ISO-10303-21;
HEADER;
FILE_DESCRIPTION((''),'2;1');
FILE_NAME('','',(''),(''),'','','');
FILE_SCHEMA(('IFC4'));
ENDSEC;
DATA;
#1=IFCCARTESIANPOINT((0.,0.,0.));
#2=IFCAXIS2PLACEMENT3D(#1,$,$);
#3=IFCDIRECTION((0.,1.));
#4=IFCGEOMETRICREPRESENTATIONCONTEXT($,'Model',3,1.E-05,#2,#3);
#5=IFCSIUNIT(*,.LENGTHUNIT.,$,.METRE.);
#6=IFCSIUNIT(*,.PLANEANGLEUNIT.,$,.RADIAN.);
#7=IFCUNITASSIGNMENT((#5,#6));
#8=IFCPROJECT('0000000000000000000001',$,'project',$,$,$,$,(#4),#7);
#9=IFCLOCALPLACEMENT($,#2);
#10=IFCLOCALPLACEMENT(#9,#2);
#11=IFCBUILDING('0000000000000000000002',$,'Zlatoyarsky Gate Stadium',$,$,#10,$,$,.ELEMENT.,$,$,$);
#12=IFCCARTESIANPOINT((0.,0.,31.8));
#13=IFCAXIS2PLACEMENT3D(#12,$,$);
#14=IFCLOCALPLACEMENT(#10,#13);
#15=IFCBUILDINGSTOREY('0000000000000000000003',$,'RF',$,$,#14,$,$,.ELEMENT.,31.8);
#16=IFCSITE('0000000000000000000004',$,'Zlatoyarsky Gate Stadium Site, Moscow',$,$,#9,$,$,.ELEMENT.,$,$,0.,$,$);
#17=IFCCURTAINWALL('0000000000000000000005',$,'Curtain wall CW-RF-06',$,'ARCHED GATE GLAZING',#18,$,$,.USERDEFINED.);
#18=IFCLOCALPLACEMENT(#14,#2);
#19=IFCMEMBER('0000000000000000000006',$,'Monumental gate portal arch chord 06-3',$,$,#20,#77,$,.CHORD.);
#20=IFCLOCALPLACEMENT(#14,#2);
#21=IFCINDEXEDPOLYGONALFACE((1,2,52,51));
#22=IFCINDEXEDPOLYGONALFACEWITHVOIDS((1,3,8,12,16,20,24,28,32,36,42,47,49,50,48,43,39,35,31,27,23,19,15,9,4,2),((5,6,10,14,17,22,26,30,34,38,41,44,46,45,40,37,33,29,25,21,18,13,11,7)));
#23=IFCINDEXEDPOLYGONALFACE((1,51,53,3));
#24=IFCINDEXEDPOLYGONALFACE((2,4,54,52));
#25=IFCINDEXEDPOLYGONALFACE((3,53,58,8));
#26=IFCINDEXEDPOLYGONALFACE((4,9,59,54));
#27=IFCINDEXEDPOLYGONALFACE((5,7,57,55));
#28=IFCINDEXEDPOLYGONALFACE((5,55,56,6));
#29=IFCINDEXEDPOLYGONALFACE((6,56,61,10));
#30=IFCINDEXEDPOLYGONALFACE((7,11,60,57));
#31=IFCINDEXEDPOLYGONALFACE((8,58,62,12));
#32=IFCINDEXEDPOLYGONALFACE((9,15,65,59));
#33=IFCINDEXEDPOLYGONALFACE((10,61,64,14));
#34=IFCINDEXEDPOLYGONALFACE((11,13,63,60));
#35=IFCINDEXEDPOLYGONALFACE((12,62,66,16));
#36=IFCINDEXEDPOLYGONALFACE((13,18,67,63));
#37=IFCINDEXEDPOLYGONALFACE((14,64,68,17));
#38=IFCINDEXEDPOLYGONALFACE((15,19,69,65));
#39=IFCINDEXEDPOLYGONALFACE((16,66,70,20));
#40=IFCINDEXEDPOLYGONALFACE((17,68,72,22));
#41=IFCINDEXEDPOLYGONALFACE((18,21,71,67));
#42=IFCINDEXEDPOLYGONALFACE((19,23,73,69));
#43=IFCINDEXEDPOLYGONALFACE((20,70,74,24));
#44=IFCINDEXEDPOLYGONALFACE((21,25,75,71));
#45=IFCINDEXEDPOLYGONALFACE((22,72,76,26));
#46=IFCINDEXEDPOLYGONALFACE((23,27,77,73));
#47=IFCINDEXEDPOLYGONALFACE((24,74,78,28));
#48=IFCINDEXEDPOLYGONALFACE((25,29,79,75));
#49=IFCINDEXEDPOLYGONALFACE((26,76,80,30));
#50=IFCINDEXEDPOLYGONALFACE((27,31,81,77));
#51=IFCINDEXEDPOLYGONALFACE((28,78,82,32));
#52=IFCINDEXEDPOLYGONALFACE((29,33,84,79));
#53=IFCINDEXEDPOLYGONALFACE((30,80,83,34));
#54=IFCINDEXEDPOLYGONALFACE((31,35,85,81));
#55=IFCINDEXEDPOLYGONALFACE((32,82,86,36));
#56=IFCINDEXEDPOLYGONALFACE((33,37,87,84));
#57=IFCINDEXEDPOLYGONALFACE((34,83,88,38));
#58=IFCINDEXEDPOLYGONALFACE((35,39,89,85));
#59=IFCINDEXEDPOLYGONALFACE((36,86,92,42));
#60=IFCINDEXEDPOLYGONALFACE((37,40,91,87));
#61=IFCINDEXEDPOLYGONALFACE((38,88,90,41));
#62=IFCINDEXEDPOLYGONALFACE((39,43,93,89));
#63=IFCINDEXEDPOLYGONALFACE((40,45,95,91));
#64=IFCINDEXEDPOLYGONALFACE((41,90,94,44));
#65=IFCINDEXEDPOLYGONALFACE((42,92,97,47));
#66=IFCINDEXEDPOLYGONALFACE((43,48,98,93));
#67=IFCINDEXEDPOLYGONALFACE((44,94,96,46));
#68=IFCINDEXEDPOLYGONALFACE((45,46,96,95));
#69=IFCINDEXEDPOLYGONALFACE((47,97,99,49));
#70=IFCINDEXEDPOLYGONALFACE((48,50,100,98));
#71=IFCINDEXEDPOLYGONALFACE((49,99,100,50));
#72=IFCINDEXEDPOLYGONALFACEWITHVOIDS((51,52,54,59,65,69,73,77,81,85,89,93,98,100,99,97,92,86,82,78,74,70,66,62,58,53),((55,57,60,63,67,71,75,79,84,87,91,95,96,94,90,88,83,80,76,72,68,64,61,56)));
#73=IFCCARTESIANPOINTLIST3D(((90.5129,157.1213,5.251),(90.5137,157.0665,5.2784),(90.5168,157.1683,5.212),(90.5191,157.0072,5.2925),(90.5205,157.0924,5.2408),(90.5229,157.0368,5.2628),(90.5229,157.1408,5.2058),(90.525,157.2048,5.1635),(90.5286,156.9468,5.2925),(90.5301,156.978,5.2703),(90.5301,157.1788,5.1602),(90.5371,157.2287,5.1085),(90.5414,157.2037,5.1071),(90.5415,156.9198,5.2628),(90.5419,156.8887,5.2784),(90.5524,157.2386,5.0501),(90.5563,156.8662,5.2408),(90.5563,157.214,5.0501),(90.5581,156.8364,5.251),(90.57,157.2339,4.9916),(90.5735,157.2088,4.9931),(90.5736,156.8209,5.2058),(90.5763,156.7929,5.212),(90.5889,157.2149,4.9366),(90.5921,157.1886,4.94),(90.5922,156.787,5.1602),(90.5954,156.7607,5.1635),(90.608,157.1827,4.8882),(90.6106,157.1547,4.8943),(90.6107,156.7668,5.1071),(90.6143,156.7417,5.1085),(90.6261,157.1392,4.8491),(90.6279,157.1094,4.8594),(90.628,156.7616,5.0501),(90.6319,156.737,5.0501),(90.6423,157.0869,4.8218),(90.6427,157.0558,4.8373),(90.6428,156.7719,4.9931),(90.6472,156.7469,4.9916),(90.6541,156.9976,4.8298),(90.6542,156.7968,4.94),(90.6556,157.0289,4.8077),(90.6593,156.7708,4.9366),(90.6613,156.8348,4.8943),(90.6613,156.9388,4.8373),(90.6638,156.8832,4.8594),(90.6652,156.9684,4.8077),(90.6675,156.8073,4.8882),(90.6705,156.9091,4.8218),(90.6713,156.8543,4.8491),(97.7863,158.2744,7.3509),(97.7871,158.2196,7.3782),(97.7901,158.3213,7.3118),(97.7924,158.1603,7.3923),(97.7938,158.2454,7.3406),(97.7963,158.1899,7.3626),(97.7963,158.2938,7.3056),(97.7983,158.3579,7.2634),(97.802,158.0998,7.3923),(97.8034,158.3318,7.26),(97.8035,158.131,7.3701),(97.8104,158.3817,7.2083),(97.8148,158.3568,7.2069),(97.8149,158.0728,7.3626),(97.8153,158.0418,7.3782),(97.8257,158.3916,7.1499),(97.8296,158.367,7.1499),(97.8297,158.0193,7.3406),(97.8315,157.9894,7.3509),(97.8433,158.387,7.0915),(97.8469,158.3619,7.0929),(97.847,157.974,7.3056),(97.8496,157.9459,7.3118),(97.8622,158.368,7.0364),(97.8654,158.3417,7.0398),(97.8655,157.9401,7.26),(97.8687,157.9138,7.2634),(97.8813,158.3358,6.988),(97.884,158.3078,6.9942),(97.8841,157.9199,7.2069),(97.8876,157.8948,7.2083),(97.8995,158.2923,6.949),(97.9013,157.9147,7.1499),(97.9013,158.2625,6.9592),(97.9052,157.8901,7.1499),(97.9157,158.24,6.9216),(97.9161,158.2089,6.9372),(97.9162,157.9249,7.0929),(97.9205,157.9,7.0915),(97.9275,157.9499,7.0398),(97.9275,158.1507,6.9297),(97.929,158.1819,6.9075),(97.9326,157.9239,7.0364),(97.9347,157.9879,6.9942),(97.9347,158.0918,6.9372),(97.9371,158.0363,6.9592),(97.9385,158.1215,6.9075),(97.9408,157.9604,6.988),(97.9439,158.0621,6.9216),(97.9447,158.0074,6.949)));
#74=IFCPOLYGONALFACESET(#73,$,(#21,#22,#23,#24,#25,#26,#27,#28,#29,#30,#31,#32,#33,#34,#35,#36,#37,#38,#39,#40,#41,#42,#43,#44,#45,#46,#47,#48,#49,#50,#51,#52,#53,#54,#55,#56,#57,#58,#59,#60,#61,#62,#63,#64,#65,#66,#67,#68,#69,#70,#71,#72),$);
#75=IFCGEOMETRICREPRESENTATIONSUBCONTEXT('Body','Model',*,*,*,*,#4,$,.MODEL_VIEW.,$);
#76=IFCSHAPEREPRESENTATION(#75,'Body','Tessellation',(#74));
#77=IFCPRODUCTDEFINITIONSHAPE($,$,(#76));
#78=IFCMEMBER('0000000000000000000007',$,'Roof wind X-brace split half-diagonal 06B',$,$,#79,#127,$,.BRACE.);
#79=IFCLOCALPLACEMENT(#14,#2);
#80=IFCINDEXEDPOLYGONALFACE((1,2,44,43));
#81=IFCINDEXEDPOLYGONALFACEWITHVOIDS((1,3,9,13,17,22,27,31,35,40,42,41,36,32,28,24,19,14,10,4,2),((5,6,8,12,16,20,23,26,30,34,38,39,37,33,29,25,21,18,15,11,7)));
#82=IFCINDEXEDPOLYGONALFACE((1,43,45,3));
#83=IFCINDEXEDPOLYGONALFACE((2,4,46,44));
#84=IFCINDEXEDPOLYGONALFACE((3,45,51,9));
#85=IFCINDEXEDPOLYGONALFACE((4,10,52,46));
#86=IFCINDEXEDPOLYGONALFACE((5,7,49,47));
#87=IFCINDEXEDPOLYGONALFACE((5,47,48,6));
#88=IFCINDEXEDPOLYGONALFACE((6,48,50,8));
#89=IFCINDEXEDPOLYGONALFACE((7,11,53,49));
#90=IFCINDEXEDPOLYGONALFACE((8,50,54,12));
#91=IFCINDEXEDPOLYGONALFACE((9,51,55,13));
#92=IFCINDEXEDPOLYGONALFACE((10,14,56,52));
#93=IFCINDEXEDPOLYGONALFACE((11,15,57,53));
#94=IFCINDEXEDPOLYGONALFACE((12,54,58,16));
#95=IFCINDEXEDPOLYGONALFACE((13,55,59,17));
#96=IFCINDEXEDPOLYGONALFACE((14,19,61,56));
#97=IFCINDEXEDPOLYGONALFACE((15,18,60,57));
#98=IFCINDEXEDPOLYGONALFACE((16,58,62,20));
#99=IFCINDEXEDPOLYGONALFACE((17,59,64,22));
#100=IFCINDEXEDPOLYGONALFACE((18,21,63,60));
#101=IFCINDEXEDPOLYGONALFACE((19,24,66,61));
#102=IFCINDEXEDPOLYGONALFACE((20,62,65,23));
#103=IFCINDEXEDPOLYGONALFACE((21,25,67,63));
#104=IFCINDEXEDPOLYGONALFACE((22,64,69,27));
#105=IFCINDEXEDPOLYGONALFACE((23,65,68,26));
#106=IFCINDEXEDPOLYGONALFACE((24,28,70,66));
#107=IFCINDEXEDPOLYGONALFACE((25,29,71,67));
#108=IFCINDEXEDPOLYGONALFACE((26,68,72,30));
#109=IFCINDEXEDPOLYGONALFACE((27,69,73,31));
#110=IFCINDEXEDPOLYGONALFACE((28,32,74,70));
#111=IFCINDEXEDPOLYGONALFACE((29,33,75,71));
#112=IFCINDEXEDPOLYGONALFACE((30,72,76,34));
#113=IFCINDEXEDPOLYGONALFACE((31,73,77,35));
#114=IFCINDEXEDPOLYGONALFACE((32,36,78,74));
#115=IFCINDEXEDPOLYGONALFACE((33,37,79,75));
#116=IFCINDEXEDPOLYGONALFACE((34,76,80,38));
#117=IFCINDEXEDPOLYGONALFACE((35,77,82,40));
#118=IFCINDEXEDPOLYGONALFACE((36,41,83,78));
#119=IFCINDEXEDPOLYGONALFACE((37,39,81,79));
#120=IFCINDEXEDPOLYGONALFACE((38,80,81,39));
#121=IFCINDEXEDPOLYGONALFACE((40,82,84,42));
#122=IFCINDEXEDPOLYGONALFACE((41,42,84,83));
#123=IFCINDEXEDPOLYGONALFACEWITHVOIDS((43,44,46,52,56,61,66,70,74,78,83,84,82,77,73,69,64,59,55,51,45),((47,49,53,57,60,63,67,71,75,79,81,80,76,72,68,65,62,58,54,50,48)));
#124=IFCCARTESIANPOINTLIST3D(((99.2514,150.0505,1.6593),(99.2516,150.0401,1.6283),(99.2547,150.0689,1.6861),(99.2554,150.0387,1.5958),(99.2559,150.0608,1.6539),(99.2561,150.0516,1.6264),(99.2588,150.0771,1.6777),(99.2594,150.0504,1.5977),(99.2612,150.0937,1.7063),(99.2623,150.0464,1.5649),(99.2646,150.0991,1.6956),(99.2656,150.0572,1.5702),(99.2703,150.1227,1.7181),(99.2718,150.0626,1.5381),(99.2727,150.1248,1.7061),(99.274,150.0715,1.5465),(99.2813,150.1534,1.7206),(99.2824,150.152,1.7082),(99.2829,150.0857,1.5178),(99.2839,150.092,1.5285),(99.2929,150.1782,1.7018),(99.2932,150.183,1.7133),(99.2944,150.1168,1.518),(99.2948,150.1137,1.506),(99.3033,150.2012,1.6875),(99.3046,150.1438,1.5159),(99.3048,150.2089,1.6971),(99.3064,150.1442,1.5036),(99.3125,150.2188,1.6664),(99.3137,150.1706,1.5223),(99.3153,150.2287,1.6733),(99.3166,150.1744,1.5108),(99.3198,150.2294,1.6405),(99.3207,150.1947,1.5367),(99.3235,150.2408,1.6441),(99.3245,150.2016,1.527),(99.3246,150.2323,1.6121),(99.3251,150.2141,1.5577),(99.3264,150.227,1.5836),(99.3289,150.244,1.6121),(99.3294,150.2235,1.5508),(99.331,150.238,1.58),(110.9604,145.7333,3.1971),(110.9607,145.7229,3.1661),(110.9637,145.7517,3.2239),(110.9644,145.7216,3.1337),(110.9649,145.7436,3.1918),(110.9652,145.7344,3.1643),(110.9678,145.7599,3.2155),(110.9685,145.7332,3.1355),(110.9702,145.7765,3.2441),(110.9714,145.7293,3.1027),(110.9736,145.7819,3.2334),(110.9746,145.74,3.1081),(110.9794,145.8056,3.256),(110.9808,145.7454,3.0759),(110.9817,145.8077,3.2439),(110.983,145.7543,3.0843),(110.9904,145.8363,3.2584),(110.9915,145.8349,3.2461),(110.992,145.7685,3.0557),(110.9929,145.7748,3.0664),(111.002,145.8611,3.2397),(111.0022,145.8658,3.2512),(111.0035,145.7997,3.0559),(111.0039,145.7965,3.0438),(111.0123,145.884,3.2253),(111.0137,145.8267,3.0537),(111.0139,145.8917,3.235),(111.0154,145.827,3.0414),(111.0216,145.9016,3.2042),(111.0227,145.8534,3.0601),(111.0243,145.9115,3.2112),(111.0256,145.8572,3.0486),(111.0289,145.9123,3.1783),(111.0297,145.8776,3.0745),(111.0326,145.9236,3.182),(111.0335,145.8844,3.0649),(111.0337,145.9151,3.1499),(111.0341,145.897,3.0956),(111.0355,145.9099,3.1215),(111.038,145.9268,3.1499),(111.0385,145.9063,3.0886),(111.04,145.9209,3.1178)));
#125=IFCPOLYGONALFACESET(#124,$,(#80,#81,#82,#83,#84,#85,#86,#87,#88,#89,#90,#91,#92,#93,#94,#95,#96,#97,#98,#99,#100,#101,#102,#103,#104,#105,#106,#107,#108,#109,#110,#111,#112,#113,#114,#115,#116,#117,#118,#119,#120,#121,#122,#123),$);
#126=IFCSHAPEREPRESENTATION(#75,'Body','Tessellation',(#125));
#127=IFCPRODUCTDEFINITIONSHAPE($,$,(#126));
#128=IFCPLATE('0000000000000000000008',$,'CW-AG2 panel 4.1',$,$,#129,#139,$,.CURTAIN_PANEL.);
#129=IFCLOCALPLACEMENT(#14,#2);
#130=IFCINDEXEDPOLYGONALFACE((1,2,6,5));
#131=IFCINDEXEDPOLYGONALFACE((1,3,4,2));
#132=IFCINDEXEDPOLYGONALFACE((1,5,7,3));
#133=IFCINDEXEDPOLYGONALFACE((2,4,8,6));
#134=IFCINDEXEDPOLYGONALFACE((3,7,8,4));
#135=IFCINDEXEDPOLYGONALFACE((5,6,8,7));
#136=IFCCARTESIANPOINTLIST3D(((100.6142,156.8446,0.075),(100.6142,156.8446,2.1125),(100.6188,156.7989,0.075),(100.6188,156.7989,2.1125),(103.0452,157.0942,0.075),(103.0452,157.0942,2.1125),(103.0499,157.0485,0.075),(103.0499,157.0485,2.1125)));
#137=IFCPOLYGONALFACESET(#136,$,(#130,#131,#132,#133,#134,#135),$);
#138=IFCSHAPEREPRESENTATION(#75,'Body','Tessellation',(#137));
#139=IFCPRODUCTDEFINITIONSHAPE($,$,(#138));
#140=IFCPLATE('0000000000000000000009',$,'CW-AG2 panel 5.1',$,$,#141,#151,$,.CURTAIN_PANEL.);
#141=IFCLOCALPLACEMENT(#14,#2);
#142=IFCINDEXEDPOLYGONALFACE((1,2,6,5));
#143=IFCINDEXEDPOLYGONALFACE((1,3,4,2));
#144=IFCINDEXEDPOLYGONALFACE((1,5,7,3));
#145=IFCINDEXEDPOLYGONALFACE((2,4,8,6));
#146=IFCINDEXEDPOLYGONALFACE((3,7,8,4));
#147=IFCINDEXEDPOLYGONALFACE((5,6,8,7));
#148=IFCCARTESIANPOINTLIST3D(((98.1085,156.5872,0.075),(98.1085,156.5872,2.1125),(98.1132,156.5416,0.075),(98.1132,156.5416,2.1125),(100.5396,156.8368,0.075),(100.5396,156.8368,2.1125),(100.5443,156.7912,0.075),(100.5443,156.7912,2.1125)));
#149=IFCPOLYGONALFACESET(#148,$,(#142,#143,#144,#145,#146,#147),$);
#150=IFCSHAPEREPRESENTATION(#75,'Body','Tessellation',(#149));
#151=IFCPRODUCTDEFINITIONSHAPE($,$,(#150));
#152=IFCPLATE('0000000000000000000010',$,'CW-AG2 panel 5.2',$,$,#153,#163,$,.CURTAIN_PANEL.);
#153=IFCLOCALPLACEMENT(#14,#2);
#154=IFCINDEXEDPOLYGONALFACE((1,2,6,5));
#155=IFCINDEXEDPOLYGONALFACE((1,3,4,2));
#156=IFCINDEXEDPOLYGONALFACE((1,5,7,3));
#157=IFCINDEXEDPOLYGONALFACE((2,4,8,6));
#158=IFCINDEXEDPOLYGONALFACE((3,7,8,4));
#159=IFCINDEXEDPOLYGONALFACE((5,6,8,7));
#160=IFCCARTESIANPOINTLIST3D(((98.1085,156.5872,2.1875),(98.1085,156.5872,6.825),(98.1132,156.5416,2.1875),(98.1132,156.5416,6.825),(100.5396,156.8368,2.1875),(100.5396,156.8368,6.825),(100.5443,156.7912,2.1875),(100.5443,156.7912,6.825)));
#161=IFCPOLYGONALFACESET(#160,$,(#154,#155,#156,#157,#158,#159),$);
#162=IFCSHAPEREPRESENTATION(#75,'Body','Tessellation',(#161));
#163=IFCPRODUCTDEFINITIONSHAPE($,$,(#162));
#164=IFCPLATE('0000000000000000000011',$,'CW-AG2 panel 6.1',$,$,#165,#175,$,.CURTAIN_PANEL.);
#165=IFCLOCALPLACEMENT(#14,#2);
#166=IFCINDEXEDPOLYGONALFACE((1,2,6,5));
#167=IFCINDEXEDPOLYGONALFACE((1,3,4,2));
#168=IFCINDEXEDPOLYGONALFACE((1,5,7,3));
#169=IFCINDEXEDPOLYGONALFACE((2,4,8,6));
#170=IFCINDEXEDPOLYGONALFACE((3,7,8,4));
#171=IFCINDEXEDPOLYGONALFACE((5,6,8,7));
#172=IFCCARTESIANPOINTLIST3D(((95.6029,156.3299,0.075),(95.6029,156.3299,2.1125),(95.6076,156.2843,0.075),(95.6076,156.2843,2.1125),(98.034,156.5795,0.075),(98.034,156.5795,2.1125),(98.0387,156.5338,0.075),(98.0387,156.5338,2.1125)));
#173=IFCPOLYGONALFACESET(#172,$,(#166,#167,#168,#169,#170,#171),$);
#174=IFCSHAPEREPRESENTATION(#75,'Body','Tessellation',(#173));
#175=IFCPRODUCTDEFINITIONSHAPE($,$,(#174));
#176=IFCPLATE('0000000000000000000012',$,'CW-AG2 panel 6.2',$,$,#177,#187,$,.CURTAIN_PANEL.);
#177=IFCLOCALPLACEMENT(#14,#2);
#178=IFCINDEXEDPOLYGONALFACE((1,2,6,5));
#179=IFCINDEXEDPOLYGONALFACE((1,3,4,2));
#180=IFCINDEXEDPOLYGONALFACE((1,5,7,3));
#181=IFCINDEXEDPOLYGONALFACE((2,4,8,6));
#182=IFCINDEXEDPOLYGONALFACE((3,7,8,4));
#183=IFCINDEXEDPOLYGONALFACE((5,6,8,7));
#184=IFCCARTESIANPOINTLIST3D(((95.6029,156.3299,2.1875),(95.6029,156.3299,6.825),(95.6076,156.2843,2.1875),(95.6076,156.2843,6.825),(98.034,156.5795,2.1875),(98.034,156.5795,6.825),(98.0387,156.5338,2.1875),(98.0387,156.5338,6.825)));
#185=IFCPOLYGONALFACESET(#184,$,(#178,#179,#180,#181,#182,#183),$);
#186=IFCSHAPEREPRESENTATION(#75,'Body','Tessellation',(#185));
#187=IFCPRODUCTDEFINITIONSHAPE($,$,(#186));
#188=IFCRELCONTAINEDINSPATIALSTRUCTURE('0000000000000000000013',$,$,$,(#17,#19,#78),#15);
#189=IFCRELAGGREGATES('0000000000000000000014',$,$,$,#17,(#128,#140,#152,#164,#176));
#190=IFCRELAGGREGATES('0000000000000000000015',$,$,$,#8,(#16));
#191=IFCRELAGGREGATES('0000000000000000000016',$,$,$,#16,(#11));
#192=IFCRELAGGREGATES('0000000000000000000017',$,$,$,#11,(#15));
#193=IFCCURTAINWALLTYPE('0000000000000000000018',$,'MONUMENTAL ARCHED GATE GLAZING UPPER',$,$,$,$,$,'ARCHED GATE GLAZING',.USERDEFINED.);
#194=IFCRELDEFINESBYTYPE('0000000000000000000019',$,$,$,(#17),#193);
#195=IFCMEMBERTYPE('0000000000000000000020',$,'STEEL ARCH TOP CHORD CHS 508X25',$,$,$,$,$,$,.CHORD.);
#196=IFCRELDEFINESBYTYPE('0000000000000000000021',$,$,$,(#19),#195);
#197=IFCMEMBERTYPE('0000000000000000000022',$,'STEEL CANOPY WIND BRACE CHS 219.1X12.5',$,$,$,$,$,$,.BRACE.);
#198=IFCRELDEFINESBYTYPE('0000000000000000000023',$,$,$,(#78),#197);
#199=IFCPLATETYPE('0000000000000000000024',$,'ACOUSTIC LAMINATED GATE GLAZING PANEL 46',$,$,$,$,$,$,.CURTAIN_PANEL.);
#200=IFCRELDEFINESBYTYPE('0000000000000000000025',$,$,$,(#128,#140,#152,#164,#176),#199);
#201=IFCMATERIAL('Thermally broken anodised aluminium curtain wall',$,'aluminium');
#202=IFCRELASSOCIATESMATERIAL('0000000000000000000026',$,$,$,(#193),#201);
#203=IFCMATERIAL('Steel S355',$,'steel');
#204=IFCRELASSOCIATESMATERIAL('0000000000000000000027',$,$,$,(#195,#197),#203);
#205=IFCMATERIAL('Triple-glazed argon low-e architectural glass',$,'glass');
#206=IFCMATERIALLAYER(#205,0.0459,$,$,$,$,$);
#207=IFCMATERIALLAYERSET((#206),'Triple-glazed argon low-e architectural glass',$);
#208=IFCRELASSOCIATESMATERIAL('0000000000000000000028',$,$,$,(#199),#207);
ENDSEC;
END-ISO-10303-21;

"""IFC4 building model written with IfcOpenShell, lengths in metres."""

from ifc_helpers import new_model, si_unit, direction, frame, origin, origin_2d, place, context, subcontext, project, spatial, rectangle, hollow_circle, extrude, material, layer, layer_set, material_profile, profile_set, type_object, element, aggregate, save


model = new_model("IFC4")

# Units and contexts
model_context = context("Model", 3, precision=1e-05, world=origin(), true_north=direction((0.0, 1.0)))
body_context = subcontext(model_context, "Body", "Model", "MODEL_VIEW")
ifc_project = project(units=[si_unit("LENGTHUNIT", "METRE"), si_unit("PLANEANGLEUNIT", "RADIAN")], contexts=[model_context])

# Site, building, storey
site_placement = place(None, origin())
site = spatial("IfcSite", under=ifc_project, at=site_placement, Name="Zlatoyarsky Gate Stadium Site, Moscow", CompositionType="ELEMENT", RefElevation=0.0)
building_placement = place(site_placement, origin())
building = spatial("IfcBuilding", under=site, at=building_placement, Name="Zlatoyarsky Gate Stadium", CompositionType="ELEMENT")
storey_placement = place(building_placement, frame((0.0, 0.0, 31.8)))
storey = spatial("IfcBuildingStorey", under=building, at=storey_placement, Name="RF", CompositionType="ELEMENT", Elevation=31.8)

# Curtain wall
ifc_material_1 = material(Name="Thermally broken anodised aluminium curtain wall", Category="aluminium")
curtain_wall_type = type_object("IfcCurtainWallType", Name="MONUMENTAL ARCHED GATE GLAZING UPPER", ElementType="ARCHED GATE GLAZING", PredefinedType="USERDEFINED", material=ifc_material_1)
curtain_wall_placement = place(storey_placement, origin())
curtain_wall = element("IfcCurtainWall", 1, at=curtain_wall_placement, inside=storey, type_object=curtain_wall_type, Name="Curtain wall CW-RF-06", ObjectType="ARCHED GATE GLAZING", PredefinedType="USERDEFINED")

# Members
ifc_material_2 = material(Name="Steel S355", Category="steel")
ifc_material_profile_1 = material_profile(ifc_material_2, hollow_circle(Radius=0.2539, WallThickness=0.0249, at=origin_2d()), Name="CHS 508X25")
ifc_profile_set_1 = profile_set([ifc_material_profile_1], Name="Steel S355")
member_type_1 = type_object("IfcMemberType", Name="STEEL ARCH TOP CHORD CHS 508X25", PredefinedType="CHORD", material=ifc_profile_set_1)
member_1_placement = place(storey_placement, frame((97.8655, 158.1409, 7.1499), z_axis=(-0.949808, -0.150575, -0.274211), x_axis=(0.156577, -0.987666, 0.0)))
element("IfcMember", 2, at=member_1_placement, inside=storey, type_object=member_type_1, Name="Monumental gate portal arch chord 06-3", PredefinedType="CHORD", context=body_context, shape_type="SweptSolid", body=[
    extrude(hollow_circle(Radius=0.2539, WallThickness=0.0249, at=origin_2d()), origin(), (0.0, 0.0, 1.0), 7.6577),
])
ifc_material_profile_2 = material_profile(ifc_material_2, hollow_circle(Radius=0.1096, WallThickness=0.0125, at=origin_2d()), Name="CHS 219.1X12.5")
ifc_profile_set_2 = profile_set([ifc_material_profile_2], Name="Steel S355")
member_type_2 = type_object("IfcMemberType", Name="STEEL CANOPY WIND BRACE CHS 219.1X12.5", PredefinedType="BRACE", material=ifc_profile_set_2)
member_2_placement = place(storey_placement, frame((99.291, 150.1411, 1.6121), z_axis=(0.931213, -0.343341, 0.122304), x_axis=(0.345938, 0.938257, 0.0)))
element("IfcMember", 3, at=member_2_placement, inside=storey, type_object=member_type_2, Name="Roof wind X-brace split half-diagonal 06B", PredefinedType="BRACE", context=body_context, shape_type="SweptSolid", body=[
    extrude(hollow_circle(Radius=0.1096, WallThickness=0.0125, at=origin_2d()), origin(), (0.0, 0.0, 1.0), 12.574),
])

# Plates
ifc_material_3 = material(Name="Triple-glazed argon low-e architectural glass", Category="glass")
ifc_layer_1 = layer(ifc_material_3, 0.0459)
ifc_layer_set_1 = layer_set([ifc_layer_1], Name="Triple-glazed argon low-e architectural glass")
plate_type_1 = type_object("IfcPlateType", Name="ACOUSTIC LAMINATED GATE GLAZING PANEL 46", PredefinedType="CURTAIN_PANEL", material=ifc_layer_set_1)
plate_1_placement = place(storey_placement, frame((101.832, 156.9465, 0.075), z_axis=(0.0, 0.0, 1.0), x_axis=(-0.994772, -0.102125, 0.0)))
plate_1 = element("IfcPlate", 4, at=plate_1_placement, type_object=plate_type_1, Name="CW-AG2 panel 4.1", PredefinedType="CURTAIN_PANEL", context=body_context, shape_type="SweptSolid", body=[
    extrude(rectangle(XDim=2.4438, YDim=0.0459, at=origin_2d()), origin(), (0.0, 0.0, 1.0), 2.0376),
])
plate_2_placement = place(storey_placement, frame((99.3264, 156.6892, 0.075), z_axis=(0.0, 0.0, 1.0), x_axis=(-0.994772, -0.102125, 0.0)))
plate_2 = element("IfcPlate", 5, at=plate_2_placement, type_object=plate_type_1, Name="CW-AG2 panel 5.1", PredefinedType="CURTAIN_PANEL", context=body_context, shape_type="SweptSolid", body=[
    extrude(rectangle(XDim=2.4438, YDim=0.0459, at=origin_2d()), origin(), (0.0, 0.0, 1.0), 2.0376),
])
plate_3_placement = place(storey_placement, frame((99.3264, 156.6892, 2.1875), z_axis=(0.0, 0.0, 1.0), x_axis=(-0.994772, -0.102125, 0.0)))
plate_3 = element("IfcPlate", 6, at=plate_3_placement, type_object=plate_type_1, Name="CW-AG2 panel 5.2", PredefinedType="CURTAIN_PANEL", context=body_context, shape_type="SweptSolid", body=[
    extrude(rectangle(XDim=2.4438, YDim=0.0459, at=origin_2d()), origin(), (0.0, 0.0, 1.0), 4.6375),
])
plate_4_placement = place(storey_placement, frame((96.8208, 156.4319, 0.075), z_axis=(0.0, 0.0, 1.0), x_axis=(-0.994772, -0.102125, 0.0)))
plate_4 = element("IfcPlate", 7, at=plate_4_placement, type_object=plate_type_1, Name="CW-AG2 panel 6.1", PredefinedType="CURTAIN_PANEL", context=body_context, shape_type="SweptSolid", body=[
    extrude(rectangle(XDim=2.4438, YDim=0.0459, at=origin_2d()), origin(), (0.0, 0.0, 1.0), 2.0376),
])
plate_5_placement = place(storey_placement, frame((96.8208, 156.4319, 2.1875), z_axis=(0.0, 0.0, 1.0), x_axis=(-0.994772, -0.102125, 0.0)))
plate_5 = element("IfcPlate", 8, at=plate_5_placement, type_object=plate_type_1, Name="CW-AG2 panel 6.2", PredefinedType="CURTAIN_PANEL", context=body_context, shape_type="SweptSolid", body=[
    extrude(rectangle(XDim=2.4438, YDim=0.0459, at=origin_2d()), origin(), (0.0, 0.0, 1.0), 4.6375),
])
aggregate(curtain_wall, [plate_1, plate_2, plate_3, plate_4, plate_5])

save(model, "model.ifc")
